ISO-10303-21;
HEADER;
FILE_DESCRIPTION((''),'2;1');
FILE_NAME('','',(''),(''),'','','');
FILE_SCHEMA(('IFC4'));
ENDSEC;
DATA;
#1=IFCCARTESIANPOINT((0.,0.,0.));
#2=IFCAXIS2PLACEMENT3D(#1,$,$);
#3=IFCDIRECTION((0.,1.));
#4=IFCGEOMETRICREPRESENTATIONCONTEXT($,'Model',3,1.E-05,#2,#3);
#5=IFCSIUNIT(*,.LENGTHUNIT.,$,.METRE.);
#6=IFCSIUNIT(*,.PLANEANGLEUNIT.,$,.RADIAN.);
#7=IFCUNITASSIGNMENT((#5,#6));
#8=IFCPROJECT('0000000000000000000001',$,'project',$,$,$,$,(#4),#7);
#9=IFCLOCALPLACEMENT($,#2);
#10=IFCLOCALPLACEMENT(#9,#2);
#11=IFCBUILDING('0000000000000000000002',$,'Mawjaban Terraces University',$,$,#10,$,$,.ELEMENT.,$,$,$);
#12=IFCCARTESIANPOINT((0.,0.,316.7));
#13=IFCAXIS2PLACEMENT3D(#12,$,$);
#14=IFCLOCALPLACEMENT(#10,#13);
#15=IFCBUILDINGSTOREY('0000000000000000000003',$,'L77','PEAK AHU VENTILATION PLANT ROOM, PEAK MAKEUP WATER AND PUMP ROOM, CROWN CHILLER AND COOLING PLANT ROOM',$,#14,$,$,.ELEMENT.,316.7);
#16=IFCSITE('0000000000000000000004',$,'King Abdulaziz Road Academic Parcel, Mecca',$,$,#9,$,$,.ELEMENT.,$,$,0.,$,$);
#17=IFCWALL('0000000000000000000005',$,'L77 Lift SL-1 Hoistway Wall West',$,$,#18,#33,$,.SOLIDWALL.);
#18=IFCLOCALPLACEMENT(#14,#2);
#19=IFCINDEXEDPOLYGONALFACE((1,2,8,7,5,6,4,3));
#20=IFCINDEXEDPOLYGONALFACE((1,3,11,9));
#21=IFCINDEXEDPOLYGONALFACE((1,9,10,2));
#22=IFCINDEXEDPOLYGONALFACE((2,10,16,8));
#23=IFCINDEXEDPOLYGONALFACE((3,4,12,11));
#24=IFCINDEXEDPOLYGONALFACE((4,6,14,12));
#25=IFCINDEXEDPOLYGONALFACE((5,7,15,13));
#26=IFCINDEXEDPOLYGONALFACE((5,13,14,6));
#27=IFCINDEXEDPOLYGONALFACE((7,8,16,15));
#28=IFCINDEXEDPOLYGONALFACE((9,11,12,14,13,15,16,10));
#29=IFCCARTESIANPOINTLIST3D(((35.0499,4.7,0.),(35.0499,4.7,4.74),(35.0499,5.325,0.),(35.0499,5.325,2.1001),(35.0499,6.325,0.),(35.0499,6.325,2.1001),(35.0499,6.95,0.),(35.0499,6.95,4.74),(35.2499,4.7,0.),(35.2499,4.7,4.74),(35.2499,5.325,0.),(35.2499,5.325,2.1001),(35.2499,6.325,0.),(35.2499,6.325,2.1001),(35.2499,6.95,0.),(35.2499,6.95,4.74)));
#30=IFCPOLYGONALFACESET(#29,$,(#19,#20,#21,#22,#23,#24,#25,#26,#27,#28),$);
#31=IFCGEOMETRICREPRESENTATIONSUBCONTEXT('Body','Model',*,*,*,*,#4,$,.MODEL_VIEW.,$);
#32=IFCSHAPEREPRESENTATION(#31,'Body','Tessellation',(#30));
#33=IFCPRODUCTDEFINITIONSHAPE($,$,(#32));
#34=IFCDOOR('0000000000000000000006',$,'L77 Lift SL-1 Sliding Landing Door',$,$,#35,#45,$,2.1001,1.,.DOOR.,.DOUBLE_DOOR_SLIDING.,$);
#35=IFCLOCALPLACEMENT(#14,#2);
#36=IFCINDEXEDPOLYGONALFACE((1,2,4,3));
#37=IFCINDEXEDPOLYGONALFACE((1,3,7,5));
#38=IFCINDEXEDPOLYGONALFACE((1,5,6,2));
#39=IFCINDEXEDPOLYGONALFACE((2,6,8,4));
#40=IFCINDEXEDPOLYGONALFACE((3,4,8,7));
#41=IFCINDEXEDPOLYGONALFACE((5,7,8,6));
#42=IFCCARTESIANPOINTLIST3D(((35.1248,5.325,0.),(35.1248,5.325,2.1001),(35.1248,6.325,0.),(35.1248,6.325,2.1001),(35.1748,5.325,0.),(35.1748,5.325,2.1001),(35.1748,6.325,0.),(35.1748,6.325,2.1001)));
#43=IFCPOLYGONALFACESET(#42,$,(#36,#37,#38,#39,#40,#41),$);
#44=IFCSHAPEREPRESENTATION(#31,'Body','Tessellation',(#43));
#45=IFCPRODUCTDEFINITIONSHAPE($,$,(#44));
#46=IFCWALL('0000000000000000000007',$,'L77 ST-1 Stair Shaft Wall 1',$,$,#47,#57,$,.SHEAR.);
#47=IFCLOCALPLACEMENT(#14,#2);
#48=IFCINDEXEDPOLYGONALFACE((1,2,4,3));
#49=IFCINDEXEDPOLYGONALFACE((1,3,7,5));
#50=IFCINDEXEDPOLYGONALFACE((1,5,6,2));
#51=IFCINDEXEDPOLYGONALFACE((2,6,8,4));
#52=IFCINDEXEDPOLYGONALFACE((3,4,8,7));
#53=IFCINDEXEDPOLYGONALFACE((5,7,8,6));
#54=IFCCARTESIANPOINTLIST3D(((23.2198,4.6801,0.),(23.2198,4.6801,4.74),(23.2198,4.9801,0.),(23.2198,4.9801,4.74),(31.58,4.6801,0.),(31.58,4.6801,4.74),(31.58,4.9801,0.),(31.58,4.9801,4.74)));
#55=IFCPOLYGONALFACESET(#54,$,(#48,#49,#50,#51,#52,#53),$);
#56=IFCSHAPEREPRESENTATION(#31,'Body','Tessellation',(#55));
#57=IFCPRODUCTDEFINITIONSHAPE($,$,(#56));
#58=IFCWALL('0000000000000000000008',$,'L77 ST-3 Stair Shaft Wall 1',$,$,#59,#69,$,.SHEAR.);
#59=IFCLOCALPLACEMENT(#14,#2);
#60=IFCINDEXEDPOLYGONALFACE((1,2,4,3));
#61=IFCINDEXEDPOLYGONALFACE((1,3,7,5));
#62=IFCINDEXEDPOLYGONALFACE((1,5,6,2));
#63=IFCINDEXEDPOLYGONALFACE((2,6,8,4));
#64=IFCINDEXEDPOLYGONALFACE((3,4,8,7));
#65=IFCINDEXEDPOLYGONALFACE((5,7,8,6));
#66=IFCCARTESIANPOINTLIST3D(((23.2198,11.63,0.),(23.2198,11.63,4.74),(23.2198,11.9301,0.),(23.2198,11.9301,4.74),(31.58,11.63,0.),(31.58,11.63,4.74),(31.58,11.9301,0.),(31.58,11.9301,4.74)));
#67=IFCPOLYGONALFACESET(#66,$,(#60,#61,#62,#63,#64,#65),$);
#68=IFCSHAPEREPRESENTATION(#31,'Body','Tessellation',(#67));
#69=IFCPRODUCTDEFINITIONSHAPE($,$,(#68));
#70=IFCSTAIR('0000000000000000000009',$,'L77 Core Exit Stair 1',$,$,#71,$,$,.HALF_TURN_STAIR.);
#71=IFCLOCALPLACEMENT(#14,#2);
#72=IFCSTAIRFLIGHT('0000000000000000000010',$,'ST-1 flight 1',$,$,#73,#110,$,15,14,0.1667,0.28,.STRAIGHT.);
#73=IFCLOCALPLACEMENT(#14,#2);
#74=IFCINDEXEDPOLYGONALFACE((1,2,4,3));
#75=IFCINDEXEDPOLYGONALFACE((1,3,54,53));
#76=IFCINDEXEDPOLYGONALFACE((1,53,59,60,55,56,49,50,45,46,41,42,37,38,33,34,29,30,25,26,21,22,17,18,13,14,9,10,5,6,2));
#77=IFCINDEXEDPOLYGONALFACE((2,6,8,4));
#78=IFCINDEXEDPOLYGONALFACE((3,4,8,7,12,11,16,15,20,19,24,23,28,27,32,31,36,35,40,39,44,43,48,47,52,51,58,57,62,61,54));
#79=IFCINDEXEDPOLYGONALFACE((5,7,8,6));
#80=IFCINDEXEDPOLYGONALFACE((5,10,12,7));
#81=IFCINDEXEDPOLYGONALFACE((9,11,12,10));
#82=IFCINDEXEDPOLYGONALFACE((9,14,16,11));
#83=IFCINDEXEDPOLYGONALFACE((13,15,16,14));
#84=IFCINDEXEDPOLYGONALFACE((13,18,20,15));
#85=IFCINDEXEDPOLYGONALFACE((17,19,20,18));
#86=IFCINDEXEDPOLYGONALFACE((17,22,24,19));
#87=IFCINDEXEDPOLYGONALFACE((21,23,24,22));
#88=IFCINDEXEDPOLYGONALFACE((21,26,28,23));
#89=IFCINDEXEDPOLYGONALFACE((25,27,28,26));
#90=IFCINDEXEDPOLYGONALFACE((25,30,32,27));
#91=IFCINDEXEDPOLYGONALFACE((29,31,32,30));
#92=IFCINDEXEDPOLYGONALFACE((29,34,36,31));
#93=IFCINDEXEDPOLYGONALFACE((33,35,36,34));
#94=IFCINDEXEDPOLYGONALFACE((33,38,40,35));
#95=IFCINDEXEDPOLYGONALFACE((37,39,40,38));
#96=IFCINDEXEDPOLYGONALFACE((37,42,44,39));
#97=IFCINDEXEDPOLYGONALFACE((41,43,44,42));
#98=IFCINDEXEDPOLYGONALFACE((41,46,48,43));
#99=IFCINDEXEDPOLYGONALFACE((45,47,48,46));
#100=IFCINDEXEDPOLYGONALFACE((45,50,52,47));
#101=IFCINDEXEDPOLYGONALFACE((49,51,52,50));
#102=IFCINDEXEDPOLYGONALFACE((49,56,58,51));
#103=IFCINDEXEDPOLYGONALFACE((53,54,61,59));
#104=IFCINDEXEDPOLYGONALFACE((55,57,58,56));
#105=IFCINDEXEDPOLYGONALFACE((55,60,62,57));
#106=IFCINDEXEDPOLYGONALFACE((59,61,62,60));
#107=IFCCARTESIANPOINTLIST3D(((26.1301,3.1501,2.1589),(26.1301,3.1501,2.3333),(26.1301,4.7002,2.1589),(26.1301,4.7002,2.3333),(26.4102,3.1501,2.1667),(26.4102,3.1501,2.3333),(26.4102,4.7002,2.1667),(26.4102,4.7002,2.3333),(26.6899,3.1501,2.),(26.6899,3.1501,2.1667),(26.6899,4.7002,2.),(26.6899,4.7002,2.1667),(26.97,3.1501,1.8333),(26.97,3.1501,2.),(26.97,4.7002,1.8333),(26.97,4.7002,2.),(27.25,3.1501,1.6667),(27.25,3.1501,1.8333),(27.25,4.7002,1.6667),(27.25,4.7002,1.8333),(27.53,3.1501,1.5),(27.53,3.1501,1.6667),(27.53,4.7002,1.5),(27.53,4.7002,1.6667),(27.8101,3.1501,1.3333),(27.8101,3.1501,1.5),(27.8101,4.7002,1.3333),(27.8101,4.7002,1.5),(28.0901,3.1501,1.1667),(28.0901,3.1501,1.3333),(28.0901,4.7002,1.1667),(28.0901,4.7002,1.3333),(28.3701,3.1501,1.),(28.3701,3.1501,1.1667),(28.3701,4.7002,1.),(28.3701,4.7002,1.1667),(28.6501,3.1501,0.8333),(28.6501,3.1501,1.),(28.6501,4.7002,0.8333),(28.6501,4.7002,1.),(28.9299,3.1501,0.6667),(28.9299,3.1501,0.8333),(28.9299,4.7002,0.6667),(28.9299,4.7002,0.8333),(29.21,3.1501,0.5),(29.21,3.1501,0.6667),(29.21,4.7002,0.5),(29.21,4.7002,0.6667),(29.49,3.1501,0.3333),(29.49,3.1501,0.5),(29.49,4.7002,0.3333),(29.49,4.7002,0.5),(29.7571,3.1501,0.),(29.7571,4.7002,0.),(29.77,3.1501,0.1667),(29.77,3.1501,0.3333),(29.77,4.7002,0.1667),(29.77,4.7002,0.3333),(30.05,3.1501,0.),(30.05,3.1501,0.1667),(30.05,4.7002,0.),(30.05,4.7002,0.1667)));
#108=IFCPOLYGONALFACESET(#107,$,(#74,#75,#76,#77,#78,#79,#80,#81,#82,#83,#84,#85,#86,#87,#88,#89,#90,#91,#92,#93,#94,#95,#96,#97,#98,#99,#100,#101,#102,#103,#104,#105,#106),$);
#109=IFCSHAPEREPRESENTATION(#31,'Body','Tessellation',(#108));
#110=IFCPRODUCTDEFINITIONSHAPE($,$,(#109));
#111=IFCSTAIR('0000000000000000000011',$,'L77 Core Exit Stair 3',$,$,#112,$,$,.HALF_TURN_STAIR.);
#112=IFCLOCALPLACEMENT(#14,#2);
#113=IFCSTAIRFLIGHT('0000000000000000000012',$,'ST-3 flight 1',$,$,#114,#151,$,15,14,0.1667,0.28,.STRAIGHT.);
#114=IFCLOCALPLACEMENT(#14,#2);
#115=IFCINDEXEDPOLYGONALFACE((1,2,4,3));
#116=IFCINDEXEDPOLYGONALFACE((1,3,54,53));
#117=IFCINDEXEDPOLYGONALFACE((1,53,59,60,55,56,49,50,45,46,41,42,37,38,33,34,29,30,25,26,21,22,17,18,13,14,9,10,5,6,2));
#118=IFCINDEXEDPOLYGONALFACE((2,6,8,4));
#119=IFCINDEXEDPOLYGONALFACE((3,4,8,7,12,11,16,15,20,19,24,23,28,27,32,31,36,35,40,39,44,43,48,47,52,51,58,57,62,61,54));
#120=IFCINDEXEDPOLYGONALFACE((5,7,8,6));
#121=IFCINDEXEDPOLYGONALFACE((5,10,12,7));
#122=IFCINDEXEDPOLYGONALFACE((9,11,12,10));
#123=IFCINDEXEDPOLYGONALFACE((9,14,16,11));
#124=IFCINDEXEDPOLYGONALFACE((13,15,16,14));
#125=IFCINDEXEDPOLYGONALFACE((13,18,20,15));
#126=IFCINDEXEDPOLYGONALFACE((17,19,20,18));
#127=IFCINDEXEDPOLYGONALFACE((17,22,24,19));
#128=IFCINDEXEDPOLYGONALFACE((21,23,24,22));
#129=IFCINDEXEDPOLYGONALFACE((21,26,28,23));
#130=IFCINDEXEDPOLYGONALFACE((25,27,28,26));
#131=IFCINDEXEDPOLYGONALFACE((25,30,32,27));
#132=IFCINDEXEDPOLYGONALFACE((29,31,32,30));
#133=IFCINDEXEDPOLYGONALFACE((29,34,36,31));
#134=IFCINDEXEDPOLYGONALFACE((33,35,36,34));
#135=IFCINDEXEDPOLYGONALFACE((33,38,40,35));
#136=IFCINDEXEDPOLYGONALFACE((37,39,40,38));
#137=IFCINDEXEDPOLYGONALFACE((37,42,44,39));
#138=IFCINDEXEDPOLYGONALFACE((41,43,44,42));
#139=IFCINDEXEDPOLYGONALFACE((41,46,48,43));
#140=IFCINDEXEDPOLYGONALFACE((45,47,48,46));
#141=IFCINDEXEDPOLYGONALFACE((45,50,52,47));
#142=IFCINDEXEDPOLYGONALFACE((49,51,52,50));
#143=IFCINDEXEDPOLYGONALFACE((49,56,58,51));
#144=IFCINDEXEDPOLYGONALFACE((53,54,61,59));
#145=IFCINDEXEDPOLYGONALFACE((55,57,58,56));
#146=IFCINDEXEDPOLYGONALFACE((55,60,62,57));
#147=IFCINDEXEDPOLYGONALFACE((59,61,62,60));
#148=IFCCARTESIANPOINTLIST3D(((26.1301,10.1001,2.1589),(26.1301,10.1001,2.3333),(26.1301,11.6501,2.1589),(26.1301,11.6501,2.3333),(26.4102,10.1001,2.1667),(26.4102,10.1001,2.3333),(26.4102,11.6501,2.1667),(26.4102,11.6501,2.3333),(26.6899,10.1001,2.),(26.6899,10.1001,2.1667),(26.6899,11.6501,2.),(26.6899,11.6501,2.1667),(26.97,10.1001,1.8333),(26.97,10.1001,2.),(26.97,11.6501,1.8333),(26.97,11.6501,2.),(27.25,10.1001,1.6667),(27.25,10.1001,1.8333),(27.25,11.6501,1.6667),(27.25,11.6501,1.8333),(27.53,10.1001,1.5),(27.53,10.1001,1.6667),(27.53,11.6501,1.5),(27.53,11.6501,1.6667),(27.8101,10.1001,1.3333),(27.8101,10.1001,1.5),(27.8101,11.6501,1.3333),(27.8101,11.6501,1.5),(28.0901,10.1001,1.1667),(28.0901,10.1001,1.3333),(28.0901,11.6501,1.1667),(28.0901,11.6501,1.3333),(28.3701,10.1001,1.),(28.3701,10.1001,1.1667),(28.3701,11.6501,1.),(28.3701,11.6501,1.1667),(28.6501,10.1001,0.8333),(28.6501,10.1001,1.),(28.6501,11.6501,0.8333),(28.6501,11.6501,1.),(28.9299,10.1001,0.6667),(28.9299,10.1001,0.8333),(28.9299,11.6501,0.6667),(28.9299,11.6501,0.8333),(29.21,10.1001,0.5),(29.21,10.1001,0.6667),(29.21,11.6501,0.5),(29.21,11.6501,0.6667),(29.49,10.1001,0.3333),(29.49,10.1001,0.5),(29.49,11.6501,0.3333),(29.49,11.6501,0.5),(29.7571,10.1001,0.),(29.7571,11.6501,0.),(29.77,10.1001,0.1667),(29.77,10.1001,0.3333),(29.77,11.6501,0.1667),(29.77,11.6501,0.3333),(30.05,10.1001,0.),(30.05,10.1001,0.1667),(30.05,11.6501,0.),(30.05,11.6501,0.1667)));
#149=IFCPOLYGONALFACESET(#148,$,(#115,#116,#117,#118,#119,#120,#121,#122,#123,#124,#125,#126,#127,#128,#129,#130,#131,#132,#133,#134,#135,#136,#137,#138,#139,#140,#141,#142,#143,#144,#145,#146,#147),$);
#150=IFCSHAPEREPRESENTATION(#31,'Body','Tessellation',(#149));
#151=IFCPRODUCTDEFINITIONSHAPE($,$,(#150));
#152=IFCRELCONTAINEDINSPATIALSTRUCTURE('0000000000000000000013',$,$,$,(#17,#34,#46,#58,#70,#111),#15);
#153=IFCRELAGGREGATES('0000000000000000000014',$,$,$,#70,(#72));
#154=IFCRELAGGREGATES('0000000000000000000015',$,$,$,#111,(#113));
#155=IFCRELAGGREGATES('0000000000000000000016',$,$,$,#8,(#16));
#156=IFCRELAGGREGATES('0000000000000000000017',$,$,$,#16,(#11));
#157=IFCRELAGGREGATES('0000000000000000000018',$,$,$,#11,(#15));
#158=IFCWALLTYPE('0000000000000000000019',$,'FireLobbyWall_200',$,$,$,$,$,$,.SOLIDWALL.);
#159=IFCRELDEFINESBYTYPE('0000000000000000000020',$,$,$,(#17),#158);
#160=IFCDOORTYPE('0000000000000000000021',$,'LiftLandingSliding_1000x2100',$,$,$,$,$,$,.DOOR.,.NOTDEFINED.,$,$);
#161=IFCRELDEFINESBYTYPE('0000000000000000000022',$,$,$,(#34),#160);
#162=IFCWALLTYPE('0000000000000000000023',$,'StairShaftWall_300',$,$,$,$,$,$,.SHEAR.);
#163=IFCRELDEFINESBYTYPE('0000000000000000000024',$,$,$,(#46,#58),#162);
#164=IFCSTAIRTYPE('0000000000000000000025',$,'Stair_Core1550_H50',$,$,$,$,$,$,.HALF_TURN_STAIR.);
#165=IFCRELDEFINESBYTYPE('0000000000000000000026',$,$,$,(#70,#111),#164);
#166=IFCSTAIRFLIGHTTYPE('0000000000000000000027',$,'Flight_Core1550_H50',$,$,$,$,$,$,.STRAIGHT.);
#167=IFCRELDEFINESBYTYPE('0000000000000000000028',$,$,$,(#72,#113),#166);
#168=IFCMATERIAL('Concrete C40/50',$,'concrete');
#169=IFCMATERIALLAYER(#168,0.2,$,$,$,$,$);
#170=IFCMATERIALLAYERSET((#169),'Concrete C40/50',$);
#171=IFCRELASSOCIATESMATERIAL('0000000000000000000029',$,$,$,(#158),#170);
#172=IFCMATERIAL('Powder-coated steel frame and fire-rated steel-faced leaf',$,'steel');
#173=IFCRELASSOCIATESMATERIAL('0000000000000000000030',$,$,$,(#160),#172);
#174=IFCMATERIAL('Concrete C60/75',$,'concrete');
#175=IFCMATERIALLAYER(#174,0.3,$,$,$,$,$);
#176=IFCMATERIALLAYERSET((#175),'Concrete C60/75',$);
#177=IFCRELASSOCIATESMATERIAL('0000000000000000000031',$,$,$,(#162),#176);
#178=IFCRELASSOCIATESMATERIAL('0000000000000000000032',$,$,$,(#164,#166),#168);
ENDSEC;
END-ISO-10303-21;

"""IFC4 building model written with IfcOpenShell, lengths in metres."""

from ifc_helpers import new_model, si_unit, direction, frame, frame_2d, origin, place, context, subcontext, project, spatial, polyline, rectangle, outline, extrude, material, layer, layer_set, type_object, element, fill, aggregate, save


model = new_model("IFC4")

# Units and contexts
model_context = context("Model", 3, precision=1e-05, world=origin(), true_north=direction((0.0, 1.0)))
body_context = subcontext(model_context, "Body", "Model", "MODEL_VIEW")
ifc_project = project(units=[si_unit("LENGTHUNIT", "METRE"), si_unit("PLANEANGLEUNIT", "RADIAN")], contexts=[model_context])

# Site, building, storey
site_placement = place(None, origin())
site = spatial("IfcSite", under=ifc_project, at=site_placement, Name="King Abdulaziz Road Academic Parcel, Mecca", CompositionType="ELEMENT", RefElevation=0.0)
building_placement = place(site_placement, origin())
building = spatial("IfcBuilding", under=site, at=building_placement, Name="Mawjaban Terraces University", CompositionType="ELEMENT")
storey_placement = place(building_placement, frame((0.0, 0.0, 316.7)))
storey = spatial("IfcBuildingStorey", under=building, at=storey_placement, Name="L77", Description="PEAK AHU VENTILATION PLANT ROOM, PEAK MAKEUP WATER AND PUMP ROOM, CROWN CHILLER AND COOLING PLANT ROOM", CompositionType="ELEMENT", Elevation=316.7)

# Wall, opening, door
ifc_material_1 = material(Name="Concrete C40/50", Category="concrete")
ifc_layer_1 = layer(ifc_material_1, 0.2)
ifc_layer_set_1 = layer_set([ifc_layer_1], Name="Concrete C40/50")
wall_type_1 = type_object("IfcWallType", Name="FireLobbyWall_200", PredefinedType="SOLIDWALL", material=ifc_layer_set_1)
ifc_material_2 = material(Name="Powder-coated steel frame and fire-rated steel-faced leaf", Category="steel")
wall_1_placement = place(storey_placement, frame((35.1499, 6.95, 0.0), z_axis=(0.0, 0.0, 1.0), x_axis=(0.0, -1.0, 0.0)))
wall_1 = element("IfcWall", 1, at=wall_1_placement, inside=storey, type_object=wall_type_1, Name="L77 Lift SL-1 Hoistway Wall West", PredefinedType="SOLIDWALL", context=body_context, shape_type="SweptSolid", body=[
    extrude(rectangle(XDim=2.25, YDim=0.2, at=frame_2d((1.125, 0.0))), origin(), (0.0, 0.0, 1.0), 4.74),
])
opening_1_placement = place(wall_1_placement, frame((0.625, 0.0, 0.0)))
opening_1 = element("IfcOpeningElement", 2, at=opening_1_placement, cuts=wall_1, PredefinedType="OPENING", context=body_context, shape_type="SweptSolid", body=[
    extrude(rectangle(XDim=1.0, YDim=2.1001, at=frame_2d((0.5, 1.05))), frame((0.0, 0.1099, 0.0), z_axis=(0.0, -1.0, 0.0), x_axis=(1.0, 0.0, 0.0)), (0.0, 0.0, 1.0), 0.22),
])
door_type_1 = type_object("IfcDoorType", Name="LiftLandingSliding_1000x2100", OperationType="NOTDEFINED", PredefinedType="DOOR", material=ifc_material_2)
door_1_placement = place(opening_1_placement, origin())
door_1 = element("IfcDoor", 3, at=door_1_placement, inside=storey, type_object=door_type_1, Name="L77 Lift SL-1 Sliding Landing Door", OperationType="DOUBLE_DOOR_SLIDING", OverallHeight=2.1001, OverallWidth=1.0, PredefinedType="DOOR", context=body_context, shape_type="SweptSolid", body=[
    extrude(rectangle(XDim=1.0, YDim=2.1001, at=frame_2d((0.5, 1.05))), frame((0.0, 0.0249, 0.0), z_axis=(0.0, -1.0, 0.0), x_axis=(1.0, 0.0, 0.0)), (0.0, 0.0, 1.0), 0.05),
])
fill(opening_1, door_1)

# Walls
ifc_material_3 = material(Name="Concrete C60/75", Category="concrete")
ifc_layer_2 = layer(ifc_material_3, 0.3)
ifc_layer_set_2 = layer_set([ifc_layer_2], Name="Concrete C60/75")
wall_type_2 = type_object("IfcWallType", Name="StairShaftWall_300", PredefinedType="SHEAR", material=ifc_layer_set_2)
for number, where, z_axis, x_axis, name in (
    (4, (31.5801, 4.8301, 0.0), (0.0, 0.0, 1.0), (-1.0, 0.0, 0.0), "L77 ST-1 Stair Shaft Wall 1"),
    (5, (31.5801, 11.78, 0.0), (0.0, 0.0, 1.0), (-1.0, 0.0, 0.0), "L77 ST-3 Stair Shaft Wall 1"),
):
    element("IfcWall", number, at=place(storey_placement, frame(where, z_axis=z_axis, x_axis=x_axis)), inside=storey, type_object=wall_type_2, Name=name, PredefinedType="SHEAR", context=body_context, shape_type="SweptSolid", body=[
        extrude(rectangle(XDim=8.3601, YDim=0.3, at=frame_2d((4.1802, 0.0))), origin(), (0.0, 0.0, 1.0), 4.74),
    ])

# Stairs, stair flights
stair_type = type_object("IfcStairType", Name="Stair_Core1550_H50", PredefinedType="HALF_TURN_STAIR", material=ifc_material_1)
stair_1_placement = place(storey_placement, origin())
stair_1 = element("IfcStair", 6, at=stair_1_placement, inside=storey, type_object=stair_type, Name="L77 Core Exit Stair 1", PredefinedType="HALF_TURN_STAIR")
stair_flight_type = type_object("IfcStairFlightType", Name="Flight_Core1550_H50", PredefinedType="STRAIGHT", material=ifc_material_1)
stair_flight_1_placement = place(storey_placement, frame((30.05, 3.925, 0.0), z_axis=(0.0, 0.0, 1.0), x_axis=(-1.0, 0.0, 0.0)))
stair_flight_1 = element("IfcStairFlight", 7, at=stair_flight_1_placement, type_object=stair_flight_type, Name="ST-1 flight 1", NumberOfRisers=15, NumberOfTreads=14, PredefinedType="STRAIGHT", RiserHeight=0.1667, TreadLength=0.28, context=body_context, shape_type="SweptSolid", body=[
    extrude(outline(polyline([(0.0, 0.0), (0.0, 0.1667), (0.28, 0.1667), (0.28, 0.3333), (0.5601, 0.3333), (0.5601, 0.5), (0.8401, 0.5), (0.8401, 0.6667), (1.1201, 0.6667), (1.1201, 0.8333), (1.3999, 0.8333), (1.3999, 1.0), (1.6799, 1.0), (1.6799, 1.1667), (1.96, 1.1667), (1.96, 1.3333), (2.24, 1.3333), (2.24, 1.5), (2.52, 1.5), (2.52, 1.6667), (2.8, 1.6667), (2.8, 1.8333), (3.0801, 1.8333), (3.0801, 2.0), (3.3601, 2.0), (3.3601, 2.1667), (3.6399, 2.1667), (3.6399, 2.3333), (3.9199, 2.3333), (3.9199, 2.5), (3.9199, 2.1589), (0.293, 0.0), (0.0, 0.0)])), frame((0.0, 0.7749, 0.0), z_axis=(0.0, -1.0, 0.0), x_axis=(1.0, 0.0, 0.0)), (0.0, 0.0, 1.0), 1.55),
])
aggregate(stair_1, [stair_flight_1])
stair_2_placement = place(storey_placement, origin())
stair_2 = element("IfcStair", 8, at=stair_2_placement, inside=storey, type_object=stair_type, Name="L77 Core Exit Stair 3", PredefinedType="HALF_TURN_STAIR")
stair_flight_2_placement = place(storey_placement, frame((30.05, 10.875, 0.0), z_axis=(0.0, 0.0, 1.0), x_axis=(-1.0, 0.0, 0.0)))
stair_flight_2 = element("IfcStairFlight", 9, at=stair_flight_2_placement, type_object=stair_flight_type, Name="ST-3 flight 1", NumberOfRisers=15, NumberOfTreads=14, PredefinedType="STRAIGHT", RiserHeight=0.1667, TreadLength=0.28, context=body_context, shape_type="SweptSolid", body=[
    extrude(outline(polyline([(0.0, 0.0), (0.0, 0.1667), (0.28, 0.1667), (0.28, 0.3333), (0.5601, 0.3333), (0.5601, 0.5), (0.8401, 0.5), (0.8401, 0.6667), (1.1201, 0.6667), (1.1201, 0.8333), (1.3999, 0.8333), (1.3999, 1.0), (1.6799, 1.0), (1.6799, 1.1667), (1.96, 1.1667), (1.96, 1.3333), (2.24, 1.3333), (2.24, 1.5), (2.52, 1.5), (2.52, 1.6667), (2.8, 1.6667), (2.8, 1.8333), (3.0801, 1.8333), (3.0801, 2.0), (3.3601, 2.0), (3.3601, 2.1667), (3.6399, 2.1667), (3.6399, 2.3333), (3.9199, 2.3333), (3.9199, 2.5), (3.9199, 2.1589), (0.293, 0.0), (0.0, 0.0)])), frame((0.0, 0.7749, 0.0), z_axis=(0.0, -1.0, 0.0), x_axis=(1.0, 0.0, 0.0)), (0.0, 0.0, 1.0), 1.55),
])
aggregate(stair_2, [stair_flight_2])

save(model, "model.ifc")
